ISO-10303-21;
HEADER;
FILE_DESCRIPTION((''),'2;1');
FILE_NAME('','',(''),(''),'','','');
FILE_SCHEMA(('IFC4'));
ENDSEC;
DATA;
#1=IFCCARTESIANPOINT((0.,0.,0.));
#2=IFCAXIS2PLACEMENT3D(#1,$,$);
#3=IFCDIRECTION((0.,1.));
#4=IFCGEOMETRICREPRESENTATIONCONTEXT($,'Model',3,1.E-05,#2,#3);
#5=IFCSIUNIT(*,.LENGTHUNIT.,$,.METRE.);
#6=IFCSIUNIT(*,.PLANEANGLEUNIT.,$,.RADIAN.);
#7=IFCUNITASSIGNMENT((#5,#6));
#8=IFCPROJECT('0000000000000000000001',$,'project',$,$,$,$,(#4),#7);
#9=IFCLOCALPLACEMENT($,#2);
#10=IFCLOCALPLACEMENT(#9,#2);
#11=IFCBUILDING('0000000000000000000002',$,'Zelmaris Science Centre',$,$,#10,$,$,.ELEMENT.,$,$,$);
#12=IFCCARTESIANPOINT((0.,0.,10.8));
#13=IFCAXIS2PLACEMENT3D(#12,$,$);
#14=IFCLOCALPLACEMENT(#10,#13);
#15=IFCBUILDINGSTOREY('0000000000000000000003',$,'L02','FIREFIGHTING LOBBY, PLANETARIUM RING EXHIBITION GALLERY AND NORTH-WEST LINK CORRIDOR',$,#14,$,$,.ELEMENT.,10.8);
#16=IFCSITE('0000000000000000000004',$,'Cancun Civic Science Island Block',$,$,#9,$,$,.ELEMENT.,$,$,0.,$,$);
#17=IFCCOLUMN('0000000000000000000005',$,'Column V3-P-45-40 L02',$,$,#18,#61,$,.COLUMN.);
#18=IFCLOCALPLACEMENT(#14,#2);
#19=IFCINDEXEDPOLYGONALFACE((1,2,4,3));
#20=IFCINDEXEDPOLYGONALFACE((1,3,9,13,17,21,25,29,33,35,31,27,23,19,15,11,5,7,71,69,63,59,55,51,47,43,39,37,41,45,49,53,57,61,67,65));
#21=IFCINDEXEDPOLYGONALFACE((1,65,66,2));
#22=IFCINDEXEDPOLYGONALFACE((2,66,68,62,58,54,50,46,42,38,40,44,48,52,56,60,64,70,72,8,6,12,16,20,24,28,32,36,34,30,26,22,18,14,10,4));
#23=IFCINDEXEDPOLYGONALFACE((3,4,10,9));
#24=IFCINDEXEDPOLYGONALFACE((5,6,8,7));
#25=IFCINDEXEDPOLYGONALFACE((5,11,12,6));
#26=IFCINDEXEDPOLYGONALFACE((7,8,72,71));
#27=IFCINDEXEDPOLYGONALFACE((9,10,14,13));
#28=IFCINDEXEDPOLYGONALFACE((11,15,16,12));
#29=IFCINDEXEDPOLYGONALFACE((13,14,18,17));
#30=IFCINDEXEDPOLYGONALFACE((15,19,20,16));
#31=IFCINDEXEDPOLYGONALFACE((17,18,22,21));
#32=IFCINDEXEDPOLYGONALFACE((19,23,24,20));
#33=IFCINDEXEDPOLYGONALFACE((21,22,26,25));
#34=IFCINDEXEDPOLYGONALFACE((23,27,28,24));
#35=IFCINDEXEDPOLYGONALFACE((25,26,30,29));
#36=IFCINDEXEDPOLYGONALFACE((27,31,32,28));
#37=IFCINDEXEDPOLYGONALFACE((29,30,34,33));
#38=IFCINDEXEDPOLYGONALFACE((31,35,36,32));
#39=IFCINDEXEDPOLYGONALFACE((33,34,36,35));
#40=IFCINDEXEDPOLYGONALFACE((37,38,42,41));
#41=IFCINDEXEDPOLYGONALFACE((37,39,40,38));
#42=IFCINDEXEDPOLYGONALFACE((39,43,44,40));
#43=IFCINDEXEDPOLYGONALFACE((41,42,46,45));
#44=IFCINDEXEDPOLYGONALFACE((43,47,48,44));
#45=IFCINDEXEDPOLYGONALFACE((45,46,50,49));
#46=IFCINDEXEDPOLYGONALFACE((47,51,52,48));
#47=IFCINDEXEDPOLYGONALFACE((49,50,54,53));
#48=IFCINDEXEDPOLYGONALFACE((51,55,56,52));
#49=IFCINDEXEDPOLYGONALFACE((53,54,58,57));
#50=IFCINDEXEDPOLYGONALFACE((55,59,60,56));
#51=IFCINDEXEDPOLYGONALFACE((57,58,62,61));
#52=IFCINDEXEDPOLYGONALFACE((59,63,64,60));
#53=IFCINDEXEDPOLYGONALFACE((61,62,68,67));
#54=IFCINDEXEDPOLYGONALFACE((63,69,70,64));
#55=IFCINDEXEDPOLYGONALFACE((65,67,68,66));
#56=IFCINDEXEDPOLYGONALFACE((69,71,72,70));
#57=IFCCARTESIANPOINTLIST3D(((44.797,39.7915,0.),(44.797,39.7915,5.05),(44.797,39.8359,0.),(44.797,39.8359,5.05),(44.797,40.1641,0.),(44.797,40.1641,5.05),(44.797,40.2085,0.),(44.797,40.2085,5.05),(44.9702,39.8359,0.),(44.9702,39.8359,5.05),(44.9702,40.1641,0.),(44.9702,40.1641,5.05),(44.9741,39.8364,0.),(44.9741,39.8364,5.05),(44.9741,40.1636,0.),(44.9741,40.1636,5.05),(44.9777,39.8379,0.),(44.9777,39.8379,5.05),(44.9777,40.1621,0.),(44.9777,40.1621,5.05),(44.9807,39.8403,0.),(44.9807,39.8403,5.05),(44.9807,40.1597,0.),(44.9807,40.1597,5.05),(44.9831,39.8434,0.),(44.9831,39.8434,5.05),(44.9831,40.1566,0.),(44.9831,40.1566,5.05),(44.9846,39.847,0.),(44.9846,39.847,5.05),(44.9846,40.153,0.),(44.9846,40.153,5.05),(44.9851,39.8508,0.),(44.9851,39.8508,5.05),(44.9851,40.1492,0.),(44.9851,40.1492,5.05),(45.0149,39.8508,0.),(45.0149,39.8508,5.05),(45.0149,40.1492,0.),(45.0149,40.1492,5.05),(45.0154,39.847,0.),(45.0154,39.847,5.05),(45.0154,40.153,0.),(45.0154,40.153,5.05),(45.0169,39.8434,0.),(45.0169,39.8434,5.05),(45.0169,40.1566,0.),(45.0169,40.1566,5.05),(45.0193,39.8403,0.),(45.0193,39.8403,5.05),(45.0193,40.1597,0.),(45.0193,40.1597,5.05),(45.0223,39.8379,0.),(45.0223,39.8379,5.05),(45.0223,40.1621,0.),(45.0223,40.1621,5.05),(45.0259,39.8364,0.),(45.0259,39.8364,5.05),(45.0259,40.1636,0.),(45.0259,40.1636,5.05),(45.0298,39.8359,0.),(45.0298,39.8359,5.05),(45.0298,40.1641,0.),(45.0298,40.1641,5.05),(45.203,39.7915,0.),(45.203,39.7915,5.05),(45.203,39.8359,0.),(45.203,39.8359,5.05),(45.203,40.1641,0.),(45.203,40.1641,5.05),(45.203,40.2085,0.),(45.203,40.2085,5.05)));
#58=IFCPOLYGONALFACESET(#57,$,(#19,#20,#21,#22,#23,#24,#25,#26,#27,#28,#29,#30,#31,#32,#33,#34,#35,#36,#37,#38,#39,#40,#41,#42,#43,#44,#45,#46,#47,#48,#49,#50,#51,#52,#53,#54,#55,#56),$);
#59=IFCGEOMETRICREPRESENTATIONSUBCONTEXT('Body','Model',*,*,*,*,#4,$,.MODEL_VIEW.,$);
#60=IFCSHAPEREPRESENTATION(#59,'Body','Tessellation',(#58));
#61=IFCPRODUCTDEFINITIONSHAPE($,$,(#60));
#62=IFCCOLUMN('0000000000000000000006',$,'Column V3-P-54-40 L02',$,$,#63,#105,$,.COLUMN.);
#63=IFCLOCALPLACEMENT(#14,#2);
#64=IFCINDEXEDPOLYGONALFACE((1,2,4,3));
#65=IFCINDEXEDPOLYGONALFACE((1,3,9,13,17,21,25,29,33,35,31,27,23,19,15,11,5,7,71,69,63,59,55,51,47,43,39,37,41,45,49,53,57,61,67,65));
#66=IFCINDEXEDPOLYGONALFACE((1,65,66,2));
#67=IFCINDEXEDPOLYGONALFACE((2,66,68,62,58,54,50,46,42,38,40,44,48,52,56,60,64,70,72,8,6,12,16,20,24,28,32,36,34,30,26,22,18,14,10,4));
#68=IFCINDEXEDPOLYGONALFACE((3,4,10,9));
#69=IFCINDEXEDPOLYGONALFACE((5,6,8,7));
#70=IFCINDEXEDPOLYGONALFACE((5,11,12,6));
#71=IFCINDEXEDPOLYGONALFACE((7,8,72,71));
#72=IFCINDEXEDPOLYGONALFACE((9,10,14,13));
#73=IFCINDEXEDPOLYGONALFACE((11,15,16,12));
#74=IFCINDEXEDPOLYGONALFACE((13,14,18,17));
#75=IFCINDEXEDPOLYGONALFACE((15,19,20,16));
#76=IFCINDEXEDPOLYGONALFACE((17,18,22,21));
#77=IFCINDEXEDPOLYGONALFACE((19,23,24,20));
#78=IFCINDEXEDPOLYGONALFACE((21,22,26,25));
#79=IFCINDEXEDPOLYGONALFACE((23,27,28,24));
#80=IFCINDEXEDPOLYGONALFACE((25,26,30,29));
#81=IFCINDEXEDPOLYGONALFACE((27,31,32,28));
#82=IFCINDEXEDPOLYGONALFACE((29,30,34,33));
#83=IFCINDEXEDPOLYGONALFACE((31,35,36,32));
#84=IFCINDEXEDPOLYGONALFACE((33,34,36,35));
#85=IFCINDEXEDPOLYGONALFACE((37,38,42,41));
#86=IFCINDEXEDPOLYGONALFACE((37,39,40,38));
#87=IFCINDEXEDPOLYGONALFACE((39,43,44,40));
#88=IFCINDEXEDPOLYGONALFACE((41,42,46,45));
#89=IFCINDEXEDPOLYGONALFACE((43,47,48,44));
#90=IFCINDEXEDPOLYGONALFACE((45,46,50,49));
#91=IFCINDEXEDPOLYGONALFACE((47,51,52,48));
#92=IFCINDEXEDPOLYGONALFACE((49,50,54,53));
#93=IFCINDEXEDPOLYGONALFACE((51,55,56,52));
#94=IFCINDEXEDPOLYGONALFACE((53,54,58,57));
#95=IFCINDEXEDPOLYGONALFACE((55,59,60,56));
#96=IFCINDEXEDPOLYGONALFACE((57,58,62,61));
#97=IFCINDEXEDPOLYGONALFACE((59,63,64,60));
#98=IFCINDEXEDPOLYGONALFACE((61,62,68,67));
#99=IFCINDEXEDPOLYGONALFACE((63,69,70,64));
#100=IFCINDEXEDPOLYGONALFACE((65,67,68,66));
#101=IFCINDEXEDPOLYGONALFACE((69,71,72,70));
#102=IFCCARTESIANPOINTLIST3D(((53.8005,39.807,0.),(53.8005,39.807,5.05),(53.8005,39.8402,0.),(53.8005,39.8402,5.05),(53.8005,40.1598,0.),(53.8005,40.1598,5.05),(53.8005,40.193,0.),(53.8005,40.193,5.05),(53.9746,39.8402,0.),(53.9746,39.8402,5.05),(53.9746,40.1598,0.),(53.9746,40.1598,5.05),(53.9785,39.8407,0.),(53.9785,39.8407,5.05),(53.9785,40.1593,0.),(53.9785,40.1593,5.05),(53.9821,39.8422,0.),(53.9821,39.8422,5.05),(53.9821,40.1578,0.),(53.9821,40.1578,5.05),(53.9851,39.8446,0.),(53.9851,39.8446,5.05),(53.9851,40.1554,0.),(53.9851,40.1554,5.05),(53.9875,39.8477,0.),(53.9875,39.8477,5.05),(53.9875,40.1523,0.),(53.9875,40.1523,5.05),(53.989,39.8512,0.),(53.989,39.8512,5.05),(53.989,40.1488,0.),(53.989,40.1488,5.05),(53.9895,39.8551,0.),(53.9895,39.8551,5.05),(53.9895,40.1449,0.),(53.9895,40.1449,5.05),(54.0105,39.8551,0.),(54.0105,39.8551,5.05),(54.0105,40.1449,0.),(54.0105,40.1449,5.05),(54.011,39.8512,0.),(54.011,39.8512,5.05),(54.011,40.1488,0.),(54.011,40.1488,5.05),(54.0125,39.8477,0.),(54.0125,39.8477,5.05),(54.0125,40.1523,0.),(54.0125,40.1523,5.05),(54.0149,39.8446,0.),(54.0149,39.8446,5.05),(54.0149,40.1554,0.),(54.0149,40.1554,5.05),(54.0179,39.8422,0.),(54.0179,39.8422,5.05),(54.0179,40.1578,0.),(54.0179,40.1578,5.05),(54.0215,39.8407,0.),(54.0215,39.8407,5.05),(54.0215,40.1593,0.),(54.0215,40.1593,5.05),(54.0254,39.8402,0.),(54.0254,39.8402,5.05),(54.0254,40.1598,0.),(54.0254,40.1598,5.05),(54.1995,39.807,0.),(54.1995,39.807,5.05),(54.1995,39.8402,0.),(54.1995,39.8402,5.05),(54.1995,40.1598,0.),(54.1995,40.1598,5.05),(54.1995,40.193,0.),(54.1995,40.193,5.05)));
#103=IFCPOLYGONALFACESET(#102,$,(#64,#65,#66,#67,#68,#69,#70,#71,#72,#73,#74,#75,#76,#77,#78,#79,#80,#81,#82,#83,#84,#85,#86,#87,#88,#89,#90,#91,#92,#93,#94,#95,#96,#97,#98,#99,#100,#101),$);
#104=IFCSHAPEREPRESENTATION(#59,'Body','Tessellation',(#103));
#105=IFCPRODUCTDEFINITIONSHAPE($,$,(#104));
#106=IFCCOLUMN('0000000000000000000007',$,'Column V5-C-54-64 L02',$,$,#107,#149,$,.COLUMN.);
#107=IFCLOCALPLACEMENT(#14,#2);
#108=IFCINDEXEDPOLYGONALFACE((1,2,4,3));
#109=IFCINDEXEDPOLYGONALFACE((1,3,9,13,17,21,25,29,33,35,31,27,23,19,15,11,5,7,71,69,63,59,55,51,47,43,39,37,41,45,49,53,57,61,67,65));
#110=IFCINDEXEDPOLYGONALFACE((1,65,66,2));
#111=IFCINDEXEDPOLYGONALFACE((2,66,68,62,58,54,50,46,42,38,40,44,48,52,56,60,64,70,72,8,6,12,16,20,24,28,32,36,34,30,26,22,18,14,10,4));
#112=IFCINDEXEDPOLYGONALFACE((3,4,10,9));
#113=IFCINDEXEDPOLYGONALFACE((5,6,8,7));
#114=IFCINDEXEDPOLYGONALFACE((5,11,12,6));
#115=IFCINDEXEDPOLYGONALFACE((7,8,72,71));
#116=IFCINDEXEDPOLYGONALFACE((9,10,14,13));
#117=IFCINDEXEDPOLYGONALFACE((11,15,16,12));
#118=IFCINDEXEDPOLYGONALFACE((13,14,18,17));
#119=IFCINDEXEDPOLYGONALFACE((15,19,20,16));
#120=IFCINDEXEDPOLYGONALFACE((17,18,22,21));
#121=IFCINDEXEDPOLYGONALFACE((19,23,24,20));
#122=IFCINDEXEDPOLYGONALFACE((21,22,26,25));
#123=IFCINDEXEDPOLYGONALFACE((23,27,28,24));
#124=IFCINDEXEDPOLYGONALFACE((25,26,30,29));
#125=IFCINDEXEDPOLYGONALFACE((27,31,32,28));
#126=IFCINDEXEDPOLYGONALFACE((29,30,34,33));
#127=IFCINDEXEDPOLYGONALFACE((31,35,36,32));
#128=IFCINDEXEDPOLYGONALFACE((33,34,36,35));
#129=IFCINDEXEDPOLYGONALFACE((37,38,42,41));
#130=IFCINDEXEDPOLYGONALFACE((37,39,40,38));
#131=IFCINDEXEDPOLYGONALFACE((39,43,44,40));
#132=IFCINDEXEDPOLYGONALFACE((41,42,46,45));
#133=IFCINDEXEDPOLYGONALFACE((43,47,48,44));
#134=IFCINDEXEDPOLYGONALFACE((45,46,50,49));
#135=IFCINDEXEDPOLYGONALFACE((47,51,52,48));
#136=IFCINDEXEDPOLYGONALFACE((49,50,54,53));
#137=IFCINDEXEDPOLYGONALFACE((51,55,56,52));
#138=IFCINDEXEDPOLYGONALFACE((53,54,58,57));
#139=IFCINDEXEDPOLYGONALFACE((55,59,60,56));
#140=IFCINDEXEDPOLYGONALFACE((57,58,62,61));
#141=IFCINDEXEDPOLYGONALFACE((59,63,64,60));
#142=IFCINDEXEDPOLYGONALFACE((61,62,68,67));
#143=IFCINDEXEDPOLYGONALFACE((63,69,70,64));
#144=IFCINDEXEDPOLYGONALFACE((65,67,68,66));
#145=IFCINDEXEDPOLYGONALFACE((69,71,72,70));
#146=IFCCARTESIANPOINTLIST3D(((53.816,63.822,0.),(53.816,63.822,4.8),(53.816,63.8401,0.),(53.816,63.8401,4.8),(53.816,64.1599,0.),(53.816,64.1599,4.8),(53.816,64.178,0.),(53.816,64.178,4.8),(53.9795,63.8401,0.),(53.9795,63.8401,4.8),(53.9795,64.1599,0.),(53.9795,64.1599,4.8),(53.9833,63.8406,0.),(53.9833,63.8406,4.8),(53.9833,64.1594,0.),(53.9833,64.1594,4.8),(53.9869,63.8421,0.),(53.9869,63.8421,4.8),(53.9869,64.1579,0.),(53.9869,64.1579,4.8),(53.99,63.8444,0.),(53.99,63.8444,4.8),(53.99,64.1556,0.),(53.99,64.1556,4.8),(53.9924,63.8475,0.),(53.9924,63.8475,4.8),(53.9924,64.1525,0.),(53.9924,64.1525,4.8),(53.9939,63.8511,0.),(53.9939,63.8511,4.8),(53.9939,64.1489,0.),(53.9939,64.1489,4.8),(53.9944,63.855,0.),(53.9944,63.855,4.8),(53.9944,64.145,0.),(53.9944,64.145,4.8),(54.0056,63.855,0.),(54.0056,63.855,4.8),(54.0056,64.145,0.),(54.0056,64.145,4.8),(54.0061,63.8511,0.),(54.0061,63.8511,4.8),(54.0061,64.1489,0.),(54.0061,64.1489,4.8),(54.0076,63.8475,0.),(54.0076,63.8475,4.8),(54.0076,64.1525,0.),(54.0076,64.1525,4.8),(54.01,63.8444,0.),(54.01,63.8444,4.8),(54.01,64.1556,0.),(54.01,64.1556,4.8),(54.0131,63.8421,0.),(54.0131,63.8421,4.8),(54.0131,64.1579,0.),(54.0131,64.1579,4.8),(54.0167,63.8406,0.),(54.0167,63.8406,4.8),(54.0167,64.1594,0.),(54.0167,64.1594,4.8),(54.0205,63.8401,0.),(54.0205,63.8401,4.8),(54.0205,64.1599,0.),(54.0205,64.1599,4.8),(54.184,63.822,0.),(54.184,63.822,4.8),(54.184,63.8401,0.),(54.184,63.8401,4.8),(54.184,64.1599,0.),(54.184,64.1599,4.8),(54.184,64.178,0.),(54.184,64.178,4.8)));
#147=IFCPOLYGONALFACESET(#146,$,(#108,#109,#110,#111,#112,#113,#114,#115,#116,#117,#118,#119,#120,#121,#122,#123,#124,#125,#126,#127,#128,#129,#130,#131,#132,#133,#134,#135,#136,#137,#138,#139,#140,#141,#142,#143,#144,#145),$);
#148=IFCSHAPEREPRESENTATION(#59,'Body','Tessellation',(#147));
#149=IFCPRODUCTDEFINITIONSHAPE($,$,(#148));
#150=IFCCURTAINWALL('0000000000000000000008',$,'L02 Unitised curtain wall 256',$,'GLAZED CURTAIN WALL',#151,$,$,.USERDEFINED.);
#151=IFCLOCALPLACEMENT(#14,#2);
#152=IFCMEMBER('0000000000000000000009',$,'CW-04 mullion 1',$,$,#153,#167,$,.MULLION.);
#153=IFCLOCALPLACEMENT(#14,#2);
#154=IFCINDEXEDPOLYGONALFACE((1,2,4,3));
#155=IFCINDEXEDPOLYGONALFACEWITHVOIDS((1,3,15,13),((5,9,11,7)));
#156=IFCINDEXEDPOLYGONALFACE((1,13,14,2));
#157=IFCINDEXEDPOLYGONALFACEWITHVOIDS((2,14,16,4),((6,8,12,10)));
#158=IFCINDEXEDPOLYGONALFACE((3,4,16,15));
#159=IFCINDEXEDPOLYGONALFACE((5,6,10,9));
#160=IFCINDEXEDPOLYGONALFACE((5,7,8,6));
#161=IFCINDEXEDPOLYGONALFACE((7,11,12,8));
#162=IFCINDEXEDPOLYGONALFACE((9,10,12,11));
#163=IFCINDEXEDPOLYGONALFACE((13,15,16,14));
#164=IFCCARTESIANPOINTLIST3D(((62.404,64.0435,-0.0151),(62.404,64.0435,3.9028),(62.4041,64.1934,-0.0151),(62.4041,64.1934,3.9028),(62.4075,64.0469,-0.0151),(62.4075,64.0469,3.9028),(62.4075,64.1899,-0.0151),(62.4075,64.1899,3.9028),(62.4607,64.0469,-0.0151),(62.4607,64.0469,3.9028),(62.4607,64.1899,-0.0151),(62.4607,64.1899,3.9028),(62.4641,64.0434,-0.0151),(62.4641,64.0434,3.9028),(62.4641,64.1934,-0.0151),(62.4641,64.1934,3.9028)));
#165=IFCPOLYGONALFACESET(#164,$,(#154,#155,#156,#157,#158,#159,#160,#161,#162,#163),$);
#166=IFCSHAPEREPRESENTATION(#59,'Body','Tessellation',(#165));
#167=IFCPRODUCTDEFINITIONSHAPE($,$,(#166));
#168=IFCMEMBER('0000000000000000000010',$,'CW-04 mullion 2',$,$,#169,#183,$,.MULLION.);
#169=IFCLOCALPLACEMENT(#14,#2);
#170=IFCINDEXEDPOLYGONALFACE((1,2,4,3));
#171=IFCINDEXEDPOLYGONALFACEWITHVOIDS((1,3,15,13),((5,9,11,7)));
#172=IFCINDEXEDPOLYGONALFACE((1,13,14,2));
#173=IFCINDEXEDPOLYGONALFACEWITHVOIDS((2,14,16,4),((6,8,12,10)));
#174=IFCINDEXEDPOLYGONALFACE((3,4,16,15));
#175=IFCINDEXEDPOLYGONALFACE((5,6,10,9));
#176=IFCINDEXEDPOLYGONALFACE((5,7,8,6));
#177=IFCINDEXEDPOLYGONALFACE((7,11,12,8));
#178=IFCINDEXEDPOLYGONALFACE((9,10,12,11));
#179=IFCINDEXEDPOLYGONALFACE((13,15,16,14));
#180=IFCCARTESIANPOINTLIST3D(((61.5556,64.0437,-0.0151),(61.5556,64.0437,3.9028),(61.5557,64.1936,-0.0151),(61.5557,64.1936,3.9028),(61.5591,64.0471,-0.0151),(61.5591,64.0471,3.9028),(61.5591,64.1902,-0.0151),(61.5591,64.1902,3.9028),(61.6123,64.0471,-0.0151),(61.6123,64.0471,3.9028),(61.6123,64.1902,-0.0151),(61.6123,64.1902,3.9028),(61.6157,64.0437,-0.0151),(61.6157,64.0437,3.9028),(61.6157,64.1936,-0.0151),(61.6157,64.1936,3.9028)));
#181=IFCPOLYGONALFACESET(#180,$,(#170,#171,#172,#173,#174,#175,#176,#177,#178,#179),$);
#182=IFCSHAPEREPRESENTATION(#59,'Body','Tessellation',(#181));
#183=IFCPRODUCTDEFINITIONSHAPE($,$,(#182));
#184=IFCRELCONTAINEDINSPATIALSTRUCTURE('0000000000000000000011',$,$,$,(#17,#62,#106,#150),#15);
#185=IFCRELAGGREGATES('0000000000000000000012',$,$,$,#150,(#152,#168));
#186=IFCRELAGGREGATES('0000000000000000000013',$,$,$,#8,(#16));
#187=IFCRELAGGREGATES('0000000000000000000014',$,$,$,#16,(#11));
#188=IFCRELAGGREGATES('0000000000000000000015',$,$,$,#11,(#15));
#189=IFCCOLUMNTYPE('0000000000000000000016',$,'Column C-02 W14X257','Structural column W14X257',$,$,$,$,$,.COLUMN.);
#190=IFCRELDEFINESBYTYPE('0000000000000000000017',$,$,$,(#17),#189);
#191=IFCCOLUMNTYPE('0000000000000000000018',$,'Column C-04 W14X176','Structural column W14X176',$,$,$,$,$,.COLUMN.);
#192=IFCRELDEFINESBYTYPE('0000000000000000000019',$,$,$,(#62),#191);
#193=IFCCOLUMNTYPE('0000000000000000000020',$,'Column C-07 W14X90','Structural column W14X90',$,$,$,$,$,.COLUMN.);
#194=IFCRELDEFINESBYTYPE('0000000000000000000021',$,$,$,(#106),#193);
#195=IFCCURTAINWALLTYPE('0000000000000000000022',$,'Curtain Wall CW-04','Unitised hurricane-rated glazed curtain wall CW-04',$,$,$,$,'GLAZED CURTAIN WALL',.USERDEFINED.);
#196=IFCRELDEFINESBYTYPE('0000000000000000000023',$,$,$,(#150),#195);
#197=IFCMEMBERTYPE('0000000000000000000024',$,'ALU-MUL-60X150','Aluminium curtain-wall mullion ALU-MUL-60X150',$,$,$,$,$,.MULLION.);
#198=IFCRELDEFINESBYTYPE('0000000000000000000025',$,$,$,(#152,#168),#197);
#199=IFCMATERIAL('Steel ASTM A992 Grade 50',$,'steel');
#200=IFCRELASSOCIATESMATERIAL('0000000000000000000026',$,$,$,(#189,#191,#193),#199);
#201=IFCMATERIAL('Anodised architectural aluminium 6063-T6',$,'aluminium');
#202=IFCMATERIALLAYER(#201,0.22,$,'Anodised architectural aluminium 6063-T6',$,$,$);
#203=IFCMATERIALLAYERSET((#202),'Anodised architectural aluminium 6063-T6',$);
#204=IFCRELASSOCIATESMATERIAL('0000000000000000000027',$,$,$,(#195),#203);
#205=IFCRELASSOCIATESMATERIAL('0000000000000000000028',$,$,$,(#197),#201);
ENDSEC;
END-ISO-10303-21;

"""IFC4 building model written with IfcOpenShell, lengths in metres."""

from ifc_helpers import new_model, si_unit, direction, frame, origin, origin_2d, place, context, subcontext, project, spatial, hollow_rectangle, i_section, extrude, material, layer, layer_set, material_profile, profile_set, type_object, element, aggregate, save


model = new_model("IFC4")

# Units and contexts
model_context = context("Model", 3, precision=1e-05, world=origin(), true_north=direction((0.0, 1.0)))
body_context = subcontext(model_context, "Body", "Model", "MODEL_VIEW")
ifc_project = project(units=[si_unit("LENGTHUNIT", "METRE"), si_unit("PLANEANGLEUNIT", "RADIAN")], contexts=[model_context])

# Site, building, storey
site_placement = place(None, origin())
site = spatial("IfcSite", under=ifc_project, at=site_placement, Name="Cancun Civic Science Island Block", CompositionType="ELEMENT", RefElevation=0.0)
building_placement = place(site_placement, origin())
building = spatial("IfcBuilding", under=site, at=building_placement, Name="Zelmaris Science Centre", CompositionType="ELEMENT")
storey_placement = place(building_placement, frame((0.0, 0.0, 10.8)))
storey = spatial("IfcBuildingStorey", under=building, at=storey_placement, Name="L02", Description="FIREFIGHTING LOBBY, PLANETARIUM RING EXHIBITION GALLERY AND NORTH-WEST LINK CORRIDOR", CompositionType="ELEMENT", Elevation=10.8)

# Columns
ifc_material_1 = material(Name="Steel ASTM A992 Grade 50", Category="steel")
ifc_material_profile_1 = material_profile(ifc_material_1, i_section(OverallWidth=0.406, OverallDepth=0.417, WebThickness=0.0298, FlangeThickness=0.0444, FilletRadius=0.0149, at=origin_2d()), Name="W14X257")
ifc_profile_set_1 = profile_set([ifc_material_profile_1], Name="Steel ASTM A992 Grade 50")
column_type_1 = type_object("IfcColumnType", Name="Column C-02 W14X257", Description="Structural column W14X257", PredefinedType="COLUMN", material=ifc_profile_set_1)
column_1_placement = place(storey_placement, frame((45.0, 40.0, 0.0), z_axis=(0.0, 0.0, 1.0), x_axis=(1.0, 0.0, 0.0)))
element("IfcColumn", 1, at=column_1_placement, inside=storey, type_object=column_type_1, Name="Column V3-P-45-40 L02", PredefinedType="COLUMN", context=body_context, shape_type="SweptSolid", body=[
    extrude(i_section(OverallWidth=0.406, OverallDepth=0.417, WebThickness=0.0298, FlangeThickness=0.0444, FilletRadius=0.0149, at=origin_2d()), origin(), (0.0, 0.0, 1.0), 5.05),
])
ifc_material_profile_2 = material_profile(ifc_material_1, i_section(OverallWidth=0.3989, OverallDepth=0.386, WebThickness=0.021, FlangeThickness=0.0332, FilletRadius=0.0149, at=origin_2d()), Name="W14X176")
ifc_profile_set_2 = profile_set([ifc_material_profile_2], Name="Steel ASTM A992 Grade 50")
column_type_2 = type_object("IfcColumnType", Name="Column C-04 W14X176", Description="Structural column W14X176", PredefinedType="COLUMN", material=ifc_profile_set_2)
column_2_placement = place(storey_placement, frame((54.0, 40.0, 0.0), z_axis=(0.0, 0.0, 1.0), x_axis=(1.0, 0.0, 0.0)))
element("IfcColumn", 2, at=column_2_placement, inside=storey, type_object=column_type_2, Name="Column V3-P-54-40 L02", PredefinedType="COLUMN", context=body_context, shape_type="SweptSolid", body=[
    extrude(i_section(OverallWidth=0.3989, OverallDepth=0.386, WebThickness=0.021, FlangeThickness=0.0332, FilletRadius=0.0149, at=origin_2d()), origin(), (0.0, 0.0, 1.0), 5.05),
])
ifc_material_profile_3 = material_profile(ifc_material_1, i_section(OverallWidth=0.3679, OverallDepth=0.356, WebThickness=0.0112, FlangeThickness=0.0181, FilletRadius=0.0149, at=origin_2d()), Name="W14X90")
ifc_profile_set_3 = profile_set([ifc_material_profile_3], Name="Steel ASTM A992 Grade 50")
column_type_3 = type_object("IfcColumnType", Name="Column C-07 W14X90", Description="Structural column W14X90", PredefinedType="COLUMN", material=ifc_profile_set_3)
column_3_placement = place(storey_placement, frame((54.0, 64.0, 0.0), z_axis=(0.0, 0.0, 1.0), x_axis=(1.0, 0.0, 0.0)))
element("IfcColumn", 3, at=column_3_placement, inside=storey, type_object=column_type_3, Name="Column V5-C-54-64 L02", PredefinedType="COLUMN", context=body_context, shape_type="SweptSolid", body=[
    extrude(i_section(OverallWidth=0.3679, OverallDepth=0.356, WebThickness=0.0112, FlangeThickness=0.0181, FilletRadius=0.0149, at=origin_2d()), origin(), (0.0, 0.0, 1.0), 4.8),
])

# Curtain wall, members
ifc_material_2 = material(Name="Anodised architectural aluminium 6063-T6", Category="aluminium")
ifc_layer_1 = layer(ifc_material_2, 0.22, Name="Anodised architectural aluminium 6063-T6")
ifc_layer_set_1 = layer_set([ifc_layer_1], Name="Anodised architectural aluminium 6063-T6")
curtain_wall_type = type_object("IfcCurtainWallType", Name="Curtain Wall CW-04", Description="Unitised hurricane-rated glazed curtain wall CW-04", ElementType="GLAZED CURTAIN WALL", PredefinedType="USERDEFINED", material=ifc_layer_set_1)
curtain_wall_placement = place(storey_placement, origin())
curtain_wall = element("IfcCurtainWall", 4, at=curtain_wall_placement, inside=storey, type_object=curtain_wall_type, Name="L02 Unitised curtain wall 256", ObjectType="GLAZED CURTAIN WALL", PredefinedType="USERDEFINED")
ifc_material_profile_4 = material_profile(ifc_material_2, hollow_rectangle(XDim=0.0601, YDim=0.1499, WallThickness=0.0034, at=origin_2d()), Name="ALU-MUL-60X150")
ifc_profile_set_4 = profile_set([ifc_material_profile_4], Name="Anodised architectural aluminium 6063-T6")
member_type_1 = type_object("IfcMemberType", Name="ALU-MUL-60X150", Description="Aluminium curtain-wall mullion ALU-MUL-60X150", PredefinedType="MULLION", material=ifc_profile_set_4)
member_1_placement = place(storey_placement, frame((62.4341, 64.1184, -0.0151), z_axis=(0.0, 0.0, 1.0), x_axis=(-1.0, 0.000243, 0.0)))
member_1 = element("IfcMember", 5, at=member_1_placement, type_object=member_type_1, Name="CW-04 mullion 1", PredefinedType="MULLION", context=body_context, shape_type="SweptSolid", body=[
    extrude(hollow_rectangle(XDim=0.0601, YDim=0.1499, WallThickness=0.0034, at=origin_2d()), origin(), (0.0, 0.0, 1.0), 3.918),
])
member_2_placement = place(storey_placement, frame((61.5857, 64.1187, -0.0151), z_axis=(0.0, 0.0, 1.0), x_axis=(-1.0, 0.000243, 0.0)))
member_2 = element("IfcMember", 6, at=member_2_placement, type_object=member_type_1, Name="CW-04 mullion 2", PredefinedType="MULLION", context=body_context, shape_type="SweptSolid", body=[
    extrude(hollow_rectangle(XDim=0.0601, YDim=0.1499, WallThickness=0.0034, at=origin_2d()), origin(), (0.0, 0.0, 1.0), 3.918),
])

aggregate(curtain_wall, [member_1, member_2])

save(model, "model.ifc")
